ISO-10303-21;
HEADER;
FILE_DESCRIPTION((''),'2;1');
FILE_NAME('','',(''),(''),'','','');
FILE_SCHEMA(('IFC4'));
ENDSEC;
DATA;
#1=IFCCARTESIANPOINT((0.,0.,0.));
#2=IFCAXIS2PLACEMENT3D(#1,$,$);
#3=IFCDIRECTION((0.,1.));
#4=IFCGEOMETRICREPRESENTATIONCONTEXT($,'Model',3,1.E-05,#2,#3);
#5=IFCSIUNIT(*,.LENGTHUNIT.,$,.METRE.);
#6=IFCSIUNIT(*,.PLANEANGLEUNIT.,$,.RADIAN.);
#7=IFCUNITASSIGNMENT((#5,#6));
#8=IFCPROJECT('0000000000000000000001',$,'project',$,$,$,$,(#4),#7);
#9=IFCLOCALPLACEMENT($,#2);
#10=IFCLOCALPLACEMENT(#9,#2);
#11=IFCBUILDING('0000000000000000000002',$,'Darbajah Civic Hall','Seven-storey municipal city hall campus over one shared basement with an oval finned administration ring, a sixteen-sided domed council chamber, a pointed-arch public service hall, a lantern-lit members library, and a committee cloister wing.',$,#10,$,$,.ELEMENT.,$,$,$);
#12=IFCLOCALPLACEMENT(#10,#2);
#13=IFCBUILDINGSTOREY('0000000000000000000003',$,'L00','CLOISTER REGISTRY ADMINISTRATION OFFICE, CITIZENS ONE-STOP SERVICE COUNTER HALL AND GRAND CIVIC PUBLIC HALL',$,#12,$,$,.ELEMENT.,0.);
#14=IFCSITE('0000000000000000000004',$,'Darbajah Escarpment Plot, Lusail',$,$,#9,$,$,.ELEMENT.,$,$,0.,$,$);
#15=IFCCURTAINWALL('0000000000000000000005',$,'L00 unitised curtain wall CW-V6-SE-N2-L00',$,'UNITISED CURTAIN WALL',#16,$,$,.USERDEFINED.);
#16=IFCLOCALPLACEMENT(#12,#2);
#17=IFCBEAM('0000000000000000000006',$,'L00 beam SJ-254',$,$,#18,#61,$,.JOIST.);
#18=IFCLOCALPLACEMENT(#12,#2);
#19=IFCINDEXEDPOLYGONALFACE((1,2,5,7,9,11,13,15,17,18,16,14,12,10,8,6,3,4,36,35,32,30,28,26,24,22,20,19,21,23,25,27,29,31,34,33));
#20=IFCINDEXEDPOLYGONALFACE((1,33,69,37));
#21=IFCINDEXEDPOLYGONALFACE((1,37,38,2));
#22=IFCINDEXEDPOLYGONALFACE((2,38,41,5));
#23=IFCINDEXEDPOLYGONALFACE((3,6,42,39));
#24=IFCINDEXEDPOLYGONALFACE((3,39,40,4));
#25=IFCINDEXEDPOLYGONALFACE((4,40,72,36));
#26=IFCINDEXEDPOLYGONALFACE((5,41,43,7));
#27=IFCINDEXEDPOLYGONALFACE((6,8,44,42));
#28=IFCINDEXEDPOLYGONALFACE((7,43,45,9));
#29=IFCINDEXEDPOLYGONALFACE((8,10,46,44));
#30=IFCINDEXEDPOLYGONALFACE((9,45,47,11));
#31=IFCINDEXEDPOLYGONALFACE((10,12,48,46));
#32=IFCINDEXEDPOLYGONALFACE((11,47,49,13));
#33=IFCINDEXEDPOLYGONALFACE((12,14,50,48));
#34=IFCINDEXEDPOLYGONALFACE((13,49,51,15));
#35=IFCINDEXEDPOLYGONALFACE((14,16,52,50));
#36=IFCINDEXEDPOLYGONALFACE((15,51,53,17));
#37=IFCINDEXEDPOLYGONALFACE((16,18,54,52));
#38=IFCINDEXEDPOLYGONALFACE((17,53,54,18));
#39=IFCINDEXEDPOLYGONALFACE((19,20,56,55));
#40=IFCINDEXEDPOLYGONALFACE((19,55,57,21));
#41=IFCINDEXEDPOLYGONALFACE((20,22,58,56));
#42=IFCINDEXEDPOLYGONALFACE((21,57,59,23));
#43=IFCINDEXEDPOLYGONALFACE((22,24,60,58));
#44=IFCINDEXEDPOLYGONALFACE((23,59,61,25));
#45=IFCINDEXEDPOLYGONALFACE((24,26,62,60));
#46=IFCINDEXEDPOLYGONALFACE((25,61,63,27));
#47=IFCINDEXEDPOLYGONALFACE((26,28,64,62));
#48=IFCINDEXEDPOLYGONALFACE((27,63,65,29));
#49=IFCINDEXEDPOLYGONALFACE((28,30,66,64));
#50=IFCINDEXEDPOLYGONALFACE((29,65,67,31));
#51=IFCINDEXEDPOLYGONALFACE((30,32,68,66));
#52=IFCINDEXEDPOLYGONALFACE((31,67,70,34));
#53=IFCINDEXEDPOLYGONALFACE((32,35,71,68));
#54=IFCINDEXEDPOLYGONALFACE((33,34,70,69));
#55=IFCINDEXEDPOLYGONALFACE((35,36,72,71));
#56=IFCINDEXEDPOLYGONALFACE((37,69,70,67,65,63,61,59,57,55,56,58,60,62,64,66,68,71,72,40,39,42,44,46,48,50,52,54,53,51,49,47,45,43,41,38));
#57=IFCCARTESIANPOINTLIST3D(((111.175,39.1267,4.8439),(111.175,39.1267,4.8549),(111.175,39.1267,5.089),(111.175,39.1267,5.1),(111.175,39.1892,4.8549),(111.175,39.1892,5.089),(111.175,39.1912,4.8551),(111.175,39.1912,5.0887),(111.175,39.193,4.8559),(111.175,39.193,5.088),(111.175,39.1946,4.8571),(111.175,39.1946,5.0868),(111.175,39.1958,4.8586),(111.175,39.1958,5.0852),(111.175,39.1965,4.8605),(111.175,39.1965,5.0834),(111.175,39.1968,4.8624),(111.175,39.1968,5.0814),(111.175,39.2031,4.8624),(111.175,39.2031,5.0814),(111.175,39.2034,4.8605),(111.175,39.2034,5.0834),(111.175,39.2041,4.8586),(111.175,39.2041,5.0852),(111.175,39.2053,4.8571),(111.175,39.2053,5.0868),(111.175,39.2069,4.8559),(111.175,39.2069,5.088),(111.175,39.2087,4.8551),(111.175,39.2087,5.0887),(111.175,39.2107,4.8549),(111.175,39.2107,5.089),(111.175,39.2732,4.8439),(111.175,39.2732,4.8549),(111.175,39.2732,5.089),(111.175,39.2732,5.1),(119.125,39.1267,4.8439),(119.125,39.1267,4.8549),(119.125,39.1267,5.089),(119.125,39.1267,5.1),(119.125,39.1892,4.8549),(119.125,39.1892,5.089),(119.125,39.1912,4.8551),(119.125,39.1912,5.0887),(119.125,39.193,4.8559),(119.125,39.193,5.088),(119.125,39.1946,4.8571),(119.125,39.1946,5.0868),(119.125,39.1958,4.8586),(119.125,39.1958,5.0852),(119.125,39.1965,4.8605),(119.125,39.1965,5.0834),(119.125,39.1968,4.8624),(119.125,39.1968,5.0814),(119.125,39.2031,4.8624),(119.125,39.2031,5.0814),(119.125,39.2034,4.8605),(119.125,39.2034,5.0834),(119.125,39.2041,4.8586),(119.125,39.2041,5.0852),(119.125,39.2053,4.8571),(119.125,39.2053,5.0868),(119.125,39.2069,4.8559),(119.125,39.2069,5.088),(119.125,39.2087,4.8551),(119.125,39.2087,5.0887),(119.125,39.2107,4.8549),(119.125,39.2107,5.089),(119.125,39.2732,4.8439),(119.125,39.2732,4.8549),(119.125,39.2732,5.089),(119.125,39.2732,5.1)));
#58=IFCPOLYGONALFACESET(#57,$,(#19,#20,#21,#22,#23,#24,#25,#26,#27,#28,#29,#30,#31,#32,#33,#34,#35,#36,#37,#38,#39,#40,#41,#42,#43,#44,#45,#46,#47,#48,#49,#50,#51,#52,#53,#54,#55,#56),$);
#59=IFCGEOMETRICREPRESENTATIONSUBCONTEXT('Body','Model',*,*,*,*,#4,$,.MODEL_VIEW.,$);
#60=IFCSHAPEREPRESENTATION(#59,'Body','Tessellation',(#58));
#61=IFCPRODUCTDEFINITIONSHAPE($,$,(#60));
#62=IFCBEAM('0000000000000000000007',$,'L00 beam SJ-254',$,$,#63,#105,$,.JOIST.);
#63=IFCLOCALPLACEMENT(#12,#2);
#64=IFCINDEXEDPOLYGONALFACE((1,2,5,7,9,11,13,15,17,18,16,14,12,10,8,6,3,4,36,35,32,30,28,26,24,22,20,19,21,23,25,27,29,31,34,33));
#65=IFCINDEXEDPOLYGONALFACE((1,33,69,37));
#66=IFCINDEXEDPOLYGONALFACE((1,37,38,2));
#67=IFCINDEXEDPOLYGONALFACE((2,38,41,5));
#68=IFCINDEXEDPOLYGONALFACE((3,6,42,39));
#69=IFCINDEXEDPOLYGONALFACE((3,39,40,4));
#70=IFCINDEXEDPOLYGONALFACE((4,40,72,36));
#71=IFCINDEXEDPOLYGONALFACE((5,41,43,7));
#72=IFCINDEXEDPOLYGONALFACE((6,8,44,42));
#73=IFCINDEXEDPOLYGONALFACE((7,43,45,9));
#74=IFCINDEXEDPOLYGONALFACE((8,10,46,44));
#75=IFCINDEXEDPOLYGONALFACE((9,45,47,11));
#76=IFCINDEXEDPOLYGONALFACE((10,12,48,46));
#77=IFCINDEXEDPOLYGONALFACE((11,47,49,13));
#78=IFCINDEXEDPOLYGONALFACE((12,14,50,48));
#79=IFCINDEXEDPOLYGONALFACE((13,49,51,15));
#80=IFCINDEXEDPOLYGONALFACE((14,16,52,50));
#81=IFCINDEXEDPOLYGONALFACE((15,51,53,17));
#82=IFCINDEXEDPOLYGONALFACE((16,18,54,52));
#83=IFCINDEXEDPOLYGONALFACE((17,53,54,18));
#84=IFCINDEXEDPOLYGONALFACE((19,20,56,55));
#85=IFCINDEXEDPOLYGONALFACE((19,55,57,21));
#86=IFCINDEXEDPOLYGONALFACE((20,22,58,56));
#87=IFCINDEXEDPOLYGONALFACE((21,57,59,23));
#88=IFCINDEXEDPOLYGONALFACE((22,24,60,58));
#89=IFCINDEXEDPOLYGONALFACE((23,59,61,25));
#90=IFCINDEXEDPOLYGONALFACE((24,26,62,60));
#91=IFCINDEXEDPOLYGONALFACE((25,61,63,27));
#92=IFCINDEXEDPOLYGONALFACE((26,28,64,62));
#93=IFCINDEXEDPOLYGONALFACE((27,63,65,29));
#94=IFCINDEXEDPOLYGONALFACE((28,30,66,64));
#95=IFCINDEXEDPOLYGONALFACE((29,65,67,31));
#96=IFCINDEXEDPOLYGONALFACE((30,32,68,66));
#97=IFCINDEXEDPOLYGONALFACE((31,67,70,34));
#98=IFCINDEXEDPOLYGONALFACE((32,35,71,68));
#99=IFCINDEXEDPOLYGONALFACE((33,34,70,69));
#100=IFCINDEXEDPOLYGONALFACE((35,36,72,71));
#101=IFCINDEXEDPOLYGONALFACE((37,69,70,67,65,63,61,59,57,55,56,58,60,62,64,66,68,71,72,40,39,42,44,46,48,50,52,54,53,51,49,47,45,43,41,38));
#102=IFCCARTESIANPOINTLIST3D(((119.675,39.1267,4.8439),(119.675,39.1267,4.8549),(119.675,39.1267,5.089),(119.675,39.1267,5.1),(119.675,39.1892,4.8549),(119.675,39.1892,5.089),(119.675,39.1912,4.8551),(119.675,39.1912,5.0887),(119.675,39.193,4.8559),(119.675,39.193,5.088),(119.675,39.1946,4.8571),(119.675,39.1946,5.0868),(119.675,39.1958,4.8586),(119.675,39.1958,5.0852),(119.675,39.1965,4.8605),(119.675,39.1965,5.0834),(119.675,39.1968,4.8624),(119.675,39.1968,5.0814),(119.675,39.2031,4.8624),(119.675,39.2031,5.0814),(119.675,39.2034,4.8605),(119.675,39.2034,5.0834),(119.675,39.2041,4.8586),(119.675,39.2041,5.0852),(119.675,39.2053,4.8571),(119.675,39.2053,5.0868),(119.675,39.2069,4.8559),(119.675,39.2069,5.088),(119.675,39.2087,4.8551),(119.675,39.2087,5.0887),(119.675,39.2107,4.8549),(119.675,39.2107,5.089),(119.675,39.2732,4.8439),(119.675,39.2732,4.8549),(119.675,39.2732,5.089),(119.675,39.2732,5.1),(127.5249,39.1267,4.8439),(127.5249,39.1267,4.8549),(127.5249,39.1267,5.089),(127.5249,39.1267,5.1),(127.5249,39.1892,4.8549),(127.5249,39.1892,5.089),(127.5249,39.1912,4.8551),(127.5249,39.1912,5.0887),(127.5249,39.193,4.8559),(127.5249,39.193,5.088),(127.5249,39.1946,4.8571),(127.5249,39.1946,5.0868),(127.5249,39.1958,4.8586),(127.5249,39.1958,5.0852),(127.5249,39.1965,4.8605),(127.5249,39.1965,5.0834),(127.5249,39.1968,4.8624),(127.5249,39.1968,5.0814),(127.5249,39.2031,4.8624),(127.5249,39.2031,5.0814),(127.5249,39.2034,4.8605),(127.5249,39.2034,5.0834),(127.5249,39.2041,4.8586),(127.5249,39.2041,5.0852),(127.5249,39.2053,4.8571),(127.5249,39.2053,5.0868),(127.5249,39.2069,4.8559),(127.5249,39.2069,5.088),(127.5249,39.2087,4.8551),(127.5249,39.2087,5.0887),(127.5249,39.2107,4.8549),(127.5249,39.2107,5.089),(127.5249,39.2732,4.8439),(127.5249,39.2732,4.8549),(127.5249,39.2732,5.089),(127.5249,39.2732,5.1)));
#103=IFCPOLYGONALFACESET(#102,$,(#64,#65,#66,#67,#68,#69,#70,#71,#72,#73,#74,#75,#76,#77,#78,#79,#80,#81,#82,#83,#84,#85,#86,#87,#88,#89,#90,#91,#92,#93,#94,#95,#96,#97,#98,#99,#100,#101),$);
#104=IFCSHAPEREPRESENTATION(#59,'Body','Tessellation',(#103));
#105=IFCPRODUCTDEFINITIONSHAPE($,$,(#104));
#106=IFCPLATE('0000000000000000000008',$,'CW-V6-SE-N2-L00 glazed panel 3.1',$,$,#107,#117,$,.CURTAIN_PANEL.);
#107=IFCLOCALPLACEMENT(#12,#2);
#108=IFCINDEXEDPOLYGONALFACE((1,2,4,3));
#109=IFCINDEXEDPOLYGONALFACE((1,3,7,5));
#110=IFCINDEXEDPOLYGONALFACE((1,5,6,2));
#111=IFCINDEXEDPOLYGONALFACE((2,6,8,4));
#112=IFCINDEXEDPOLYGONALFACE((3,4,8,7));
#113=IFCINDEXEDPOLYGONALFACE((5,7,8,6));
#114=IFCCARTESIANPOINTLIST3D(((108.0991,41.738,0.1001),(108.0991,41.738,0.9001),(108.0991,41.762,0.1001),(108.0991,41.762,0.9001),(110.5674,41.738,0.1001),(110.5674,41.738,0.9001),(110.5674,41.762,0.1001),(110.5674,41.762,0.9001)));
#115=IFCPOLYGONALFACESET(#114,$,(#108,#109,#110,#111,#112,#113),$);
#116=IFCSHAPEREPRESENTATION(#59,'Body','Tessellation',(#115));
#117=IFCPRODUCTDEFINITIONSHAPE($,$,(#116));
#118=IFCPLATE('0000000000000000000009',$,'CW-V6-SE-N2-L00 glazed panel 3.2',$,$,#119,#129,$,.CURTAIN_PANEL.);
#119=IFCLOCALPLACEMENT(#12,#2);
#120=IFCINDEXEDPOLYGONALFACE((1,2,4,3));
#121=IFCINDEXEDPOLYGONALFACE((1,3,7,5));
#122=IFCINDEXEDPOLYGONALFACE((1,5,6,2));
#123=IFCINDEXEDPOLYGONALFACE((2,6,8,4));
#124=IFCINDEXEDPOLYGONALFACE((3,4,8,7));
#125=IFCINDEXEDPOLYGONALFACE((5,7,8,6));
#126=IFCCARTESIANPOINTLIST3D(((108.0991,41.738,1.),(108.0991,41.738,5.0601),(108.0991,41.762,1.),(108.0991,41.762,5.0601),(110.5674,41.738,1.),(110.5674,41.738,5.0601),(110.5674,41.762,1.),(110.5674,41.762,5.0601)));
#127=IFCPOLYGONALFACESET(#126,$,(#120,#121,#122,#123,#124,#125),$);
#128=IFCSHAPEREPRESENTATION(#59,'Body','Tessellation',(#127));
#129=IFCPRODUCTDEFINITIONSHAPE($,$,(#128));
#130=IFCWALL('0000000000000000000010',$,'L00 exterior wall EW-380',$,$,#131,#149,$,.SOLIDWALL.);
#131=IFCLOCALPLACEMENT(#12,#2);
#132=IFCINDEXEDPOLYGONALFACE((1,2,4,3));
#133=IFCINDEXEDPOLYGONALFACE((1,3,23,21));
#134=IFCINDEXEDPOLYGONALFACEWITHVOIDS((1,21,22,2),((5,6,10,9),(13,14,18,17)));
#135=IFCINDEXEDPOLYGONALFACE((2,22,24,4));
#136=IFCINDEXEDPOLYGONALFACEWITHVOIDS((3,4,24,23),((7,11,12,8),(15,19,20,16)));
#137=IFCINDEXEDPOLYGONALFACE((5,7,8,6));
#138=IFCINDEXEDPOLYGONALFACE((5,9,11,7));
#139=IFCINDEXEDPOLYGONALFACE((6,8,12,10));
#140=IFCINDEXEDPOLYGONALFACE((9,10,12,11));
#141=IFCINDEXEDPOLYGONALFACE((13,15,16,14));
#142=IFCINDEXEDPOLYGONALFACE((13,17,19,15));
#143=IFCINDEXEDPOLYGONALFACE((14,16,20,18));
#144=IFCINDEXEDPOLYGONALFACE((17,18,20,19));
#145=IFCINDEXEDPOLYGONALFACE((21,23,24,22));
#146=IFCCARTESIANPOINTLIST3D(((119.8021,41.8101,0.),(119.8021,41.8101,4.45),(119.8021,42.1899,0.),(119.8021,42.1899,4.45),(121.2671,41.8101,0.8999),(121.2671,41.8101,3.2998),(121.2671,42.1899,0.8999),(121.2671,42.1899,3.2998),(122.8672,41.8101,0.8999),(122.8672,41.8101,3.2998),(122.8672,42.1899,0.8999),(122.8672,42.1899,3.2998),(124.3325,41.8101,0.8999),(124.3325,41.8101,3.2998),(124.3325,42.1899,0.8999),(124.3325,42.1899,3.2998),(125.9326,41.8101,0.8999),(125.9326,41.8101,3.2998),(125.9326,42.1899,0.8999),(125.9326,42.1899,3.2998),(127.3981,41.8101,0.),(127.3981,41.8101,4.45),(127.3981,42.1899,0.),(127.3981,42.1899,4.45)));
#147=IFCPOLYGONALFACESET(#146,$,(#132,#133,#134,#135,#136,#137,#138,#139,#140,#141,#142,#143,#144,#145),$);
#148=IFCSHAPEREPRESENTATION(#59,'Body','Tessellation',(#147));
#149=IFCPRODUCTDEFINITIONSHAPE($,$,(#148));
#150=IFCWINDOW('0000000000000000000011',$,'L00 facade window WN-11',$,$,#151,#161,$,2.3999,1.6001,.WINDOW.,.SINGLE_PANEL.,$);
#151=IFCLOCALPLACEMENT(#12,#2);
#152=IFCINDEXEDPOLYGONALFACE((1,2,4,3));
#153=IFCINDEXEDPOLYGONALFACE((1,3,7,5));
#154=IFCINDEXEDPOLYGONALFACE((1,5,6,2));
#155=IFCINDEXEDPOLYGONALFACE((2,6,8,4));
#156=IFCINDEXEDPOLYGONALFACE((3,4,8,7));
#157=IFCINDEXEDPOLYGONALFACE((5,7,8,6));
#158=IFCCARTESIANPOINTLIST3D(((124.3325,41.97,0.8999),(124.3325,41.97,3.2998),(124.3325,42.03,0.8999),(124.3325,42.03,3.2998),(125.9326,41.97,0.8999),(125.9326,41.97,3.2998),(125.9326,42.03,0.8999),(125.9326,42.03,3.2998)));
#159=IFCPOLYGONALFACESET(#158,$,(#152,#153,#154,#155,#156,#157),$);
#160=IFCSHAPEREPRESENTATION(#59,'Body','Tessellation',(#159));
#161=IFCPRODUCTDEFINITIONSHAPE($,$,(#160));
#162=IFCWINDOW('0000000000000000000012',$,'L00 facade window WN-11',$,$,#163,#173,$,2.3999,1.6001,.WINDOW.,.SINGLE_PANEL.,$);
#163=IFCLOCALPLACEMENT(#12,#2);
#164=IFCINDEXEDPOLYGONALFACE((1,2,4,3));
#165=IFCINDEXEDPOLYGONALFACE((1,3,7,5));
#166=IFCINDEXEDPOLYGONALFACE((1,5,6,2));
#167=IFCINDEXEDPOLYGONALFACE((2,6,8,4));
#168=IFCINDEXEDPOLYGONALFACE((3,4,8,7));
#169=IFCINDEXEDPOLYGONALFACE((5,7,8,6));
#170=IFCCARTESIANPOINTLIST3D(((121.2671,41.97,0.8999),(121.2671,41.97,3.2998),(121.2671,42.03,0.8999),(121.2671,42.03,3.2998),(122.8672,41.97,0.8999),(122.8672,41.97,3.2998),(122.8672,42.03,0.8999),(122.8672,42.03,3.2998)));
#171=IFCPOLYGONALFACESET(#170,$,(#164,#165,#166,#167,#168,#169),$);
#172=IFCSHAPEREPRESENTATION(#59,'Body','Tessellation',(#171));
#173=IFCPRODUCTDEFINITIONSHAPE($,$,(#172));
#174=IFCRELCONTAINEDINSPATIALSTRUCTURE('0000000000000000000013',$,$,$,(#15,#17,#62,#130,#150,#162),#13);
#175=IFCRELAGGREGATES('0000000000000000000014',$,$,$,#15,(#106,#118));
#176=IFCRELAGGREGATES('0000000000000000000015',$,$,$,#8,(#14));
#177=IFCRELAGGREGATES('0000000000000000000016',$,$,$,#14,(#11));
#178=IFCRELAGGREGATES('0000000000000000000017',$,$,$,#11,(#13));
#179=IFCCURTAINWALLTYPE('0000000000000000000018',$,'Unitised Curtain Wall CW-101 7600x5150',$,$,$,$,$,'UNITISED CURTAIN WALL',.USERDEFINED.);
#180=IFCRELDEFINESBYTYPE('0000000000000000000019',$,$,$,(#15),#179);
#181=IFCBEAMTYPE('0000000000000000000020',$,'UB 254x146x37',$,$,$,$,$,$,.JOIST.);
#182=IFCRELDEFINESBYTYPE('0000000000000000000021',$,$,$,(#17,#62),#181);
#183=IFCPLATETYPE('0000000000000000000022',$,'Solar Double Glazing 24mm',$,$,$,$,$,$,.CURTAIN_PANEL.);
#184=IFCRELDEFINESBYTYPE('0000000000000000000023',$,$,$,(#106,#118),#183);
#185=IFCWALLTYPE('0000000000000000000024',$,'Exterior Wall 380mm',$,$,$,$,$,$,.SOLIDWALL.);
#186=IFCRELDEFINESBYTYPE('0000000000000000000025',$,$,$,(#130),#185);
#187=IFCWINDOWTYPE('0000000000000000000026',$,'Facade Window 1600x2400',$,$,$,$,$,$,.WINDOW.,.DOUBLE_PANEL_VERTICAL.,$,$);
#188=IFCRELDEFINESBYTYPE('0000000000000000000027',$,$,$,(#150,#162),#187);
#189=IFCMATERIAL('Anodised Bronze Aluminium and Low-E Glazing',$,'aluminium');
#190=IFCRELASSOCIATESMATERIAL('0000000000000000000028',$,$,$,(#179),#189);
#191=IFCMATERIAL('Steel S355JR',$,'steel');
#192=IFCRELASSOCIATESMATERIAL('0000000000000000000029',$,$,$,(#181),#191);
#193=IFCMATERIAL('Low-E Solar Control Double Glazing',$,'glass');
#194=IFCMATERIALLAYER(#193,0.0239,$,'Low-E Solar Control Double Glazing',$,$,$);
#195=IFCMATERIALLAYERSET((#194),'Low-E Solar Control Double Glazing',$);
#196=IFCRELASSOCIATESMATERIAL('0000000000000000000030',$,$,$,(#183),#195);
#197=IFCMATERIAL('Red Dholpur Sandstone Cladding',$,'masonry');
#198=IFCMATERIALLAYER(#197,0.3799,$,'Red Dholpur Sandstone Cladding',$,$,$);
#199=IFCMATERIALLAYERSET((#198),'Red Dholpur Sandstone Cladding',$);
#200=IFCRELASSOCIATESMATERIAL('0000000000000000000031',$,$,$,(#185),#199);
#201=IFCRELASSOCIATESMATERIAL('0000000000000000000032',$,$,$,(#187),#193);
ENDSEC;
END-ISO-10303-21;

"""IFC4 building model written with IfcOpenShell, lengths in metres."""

from ifc_helpers import new_model, si_unit, direction, frame, frame_2d, origin, origin_2d, place, context, subcontext, project, spatial, rectangle, i_section, extrude, material, layer, layer_set, material_profile, profile_set, type_object, element, fill, aggregate, save


model = new_model("IFC4")

# Units and contexts
model_context = context("Model", 3, precision=1e-05, world=origin(), true_north=direction((0.0, 1.0)))
body_context = subcontext(model_context, "Body", "Model", "MODEL_VIEW")
ifc_project = project(units=[si_unit("LENGTHUNIT", "METRE"), si_unit("PLANEANGLEUNIT", "RADIAN")], contexts=[model_context])

# Site, building, storey
site_placement = place(None, origin())
site = spatial("IfcSite", under=ifc_project, at=site_placement, Name="Darbajah Escarpment Plot, Lusail", CompositionType="ELEMENT", RefElevation=0.0)
building_placement = place(site_placement, origin())
building = spatial("IfcBuilding", under=site, at=building_placement, Name="Darbajah Civic Hall", Description="Seven-storey municipal city hall campus over one shared basement with an oval finned administration ring, a sixteen-sided domed council chamber, a pointed-arch public service hall, a lantern-lit members library, and a committee cloister wing.", CompositionType="ELEMENT")
storey_placement = place(building_placement, origin())
storey = spatial("IfcBuildingStorey", under=building, at=storey_placement, Name="L00", Description="CLOISTER REGISTRY ADMINISTRATION OFFICE, CITIZENS ONE-STOP SERVICE COUNTER HALL AND GRAND CIVIC PUBLIC HALL", CompositionType="ELEMENT", Elevation=0.0)

# Curtain wall
ifc_material_1 = material(Name="Anodised Bronze Aluminium and Low-E Glazing", Category="aluminium")
curtain_wall_type_1 = type_object("IfcCurtainWallType", Name="Unitised Curtain Wall CW-101 7600x5150", ElementType="UNITISED CURTAIN WALL", PredefinedType="USERDEFINED", material=ifc_material_1)
curtain_wall_1_placement = place(storey_placement, origin())
curtain_wall_1 = element("IfcCurtainWall", 1, at=curtain_wall_1_placement, inside=storey, type_object=curtain_wall_type_1, Name="L00 unitised curtain wall CW-V6-SE-N2-L00", ObjectType="UNITISED CURTAIN WALL", PredefinedType="USERDEFINED")

# Beams
ifc_material_2 = material(Name="Steel S355JR", Category="steel")
ifc_material_profile_1 = material_profile(ifc_material_2, i_section(OverallWidth=0.1465, OverallDepth=0.2561, WebThickness=0.0063, FlangeThickness=0.011, FilletRadius=0.0076, at=origin_2d()), Name="UB 254x146x37")
ifc_profile_set_1 = profile_set([ifc_material_profile_1], Name="Steel S355JR")
beam_type_1 = type_object("IfcBeamType", Name="UB 254x146x37", PredefinedType="JOIST", material=ifc_profile_set_1)
beam_1_placement = place(storey_placement, frame((111.175, 39.2, 4.9719), z_axis=(1.0, 0.0, 0.0), x_axis=(0.0, 1.0, 0.0)))
element("IfcBeam", 2, at=beam_1_placement, inside=storey, type_object=beam_type_1, Name="L00 beam SJ-254", PredefinedType="JOIST", context=body_context, shape_type="SweptSolid", body=[
    extrude(i_section(OverallWidth=0.1465, OverallDepth=0.2561, WebThickness=0.0063, FlangeThickness=0.011, FilletRadius=0.0076, at=origin_2d()), origin(), (0.0, 0.0, 1.0), 7.95),
])
beam_2_placement = place(storey_placement, frame((119.675, 39.2, 4.9719), z_axis=(1.0, 0.0, 0.0), x_axis=(0.0, 1.0, 0.0)))
element("IfcBeam", 3, at=beam_2_placement, inside=storey, type_object=beam_type_1, Name="L00 beam SJ-254", PredefinedType="JOIST", context=body_context, shape_type="SweptSolid", body=[
    extrude(i_section(OverallWidth=0.1465, OverallDepth=0.2561, WebThickness=0.0063, FlangeThickness=0.011, FilletRadius=0.0076, at=origin_2d()), origin(), (0.0, 0.0, 1.0), 7.8499),
])

# Plates
ifc_material_3 = material(Name="Low-E Solar Control Double Glazing", Category="glass")
ifc_layer_1 = layer(ifc_material_3, 0.0239, Name="Low-E Solar Control Double Glazing")
ifc_layer_set_1 = layer_set([ifc_layer_1], Name="Low-E Solar Control Double Glazing")
plate_type = type_object("IfcPlateType", Name="Solar Double Glazing 24mm", PredefinedType="CURTAIN_PANEL", material=ifc_layer_set_1)
plate_1_placement = place(storey_placement, frame((109.3333, 41.75, 0.1001), z_axis=(0.0, 0.0, 1.0), x_axis=(1.0, 0.0, 0.0)))
plate_1 = element("IfcPlate", 4, at=plate_1_placement, type_object=plate_type, Name="CW-V6-SE-N2-L00 glazed panel 3.1", PredefinedType="CURTAIN_PANEL", context=body_context, shape_type="SweptSolid", body=[
    extrude(rectangle(XDim=2.4683, YDim=0.0239, at=origin_2d()), origin(), (0.0, 0.0, 1.0), 0.8),
])
plate_2_placement = place(storey_placement, frame((109.3333, 41.75, 1.0), z_axis=(0.0, 0.0, 1.0), x_axis=(1.0, 0.0, 0.0)))
plate_2 = element("IfcPlate", 5, at=plate_2_placement, type_object=plate_type, Name="CW-V6-SE-N2-L00 glazed panel 3.2", PredefinedType="CURTAIN_PANEL", context=body_context, shape_type="SweptSolid", body=[
    extrude(rectangle(XDim=2.4683, YDim=0.0239, at=origin_2d()), origin(), (0.0, 0.0, 1.0), 4.0601),
])
aggregate(curtain_wall_1, [plate_1, plate_2])

# Wall, openings, windows
ifc_material_4 = material(Name="Red Dholpur Sandstone Cladding", Category="masonry")
ifc_layer_2 = layer(ifc_material_4, 0.3799, Name="Red Dholpur Sandstone Cladding")
ifc_layer_set_2 = layer_set([ifc_layer_2], Name="Red Dholpur Sandstone Cladding")
wall_type = type_object("IfcWallType", Name="Exterior Wall 380mm", PredefinedType="SOLIDWALL", material=ifc_layer_set_2)
wall_1_placement = place(storey_placement, frame((127.3979, 42.0, 0.0), z_axis=(0.0, 0.0, 1.0), x_axis=(-1.0, 0.0, 0.0)))
wall_1 = element("IfcWall", 6, at=wall_1_placement, inside=storey, type_object=wall_type, Name="L00 exterior wall EW-380", PredefinedType="SOLIDWALL", context=body_context, shape_type="SweptSolid", body=[
    extrude(rectangle(XDim=7.5959, YDim=0.3799, at=frame_2d((3.7979, 0.0))), origin(), (0.0, 0.0, 1.0), 4.45),
])
opening_1_placement = place(wall_1_placement, frame((1.4653, 0.0, 0.8999)))
opening_1 = element("IfcOpeningElement", 7, at=opening_1_placement, cuts=wall_1, PredefinedType="OPENING", context=body_context, shape_type="SweptSolid", body=[
    extrude(rectangle(XDim=1.6001, YDim=2.3999, at=frame_2d((0.8, 1.2))), frame((0.0, 0.2, 0.0), z_axis=(0.0, -1.0, 0.0), x_axis=(1.0, 0.0, 0.0)), (0.0, 0.0, 1.0), 0.3999),
])
opening_2_placement = place(wall_1_placement, frame((4.5308, 0.0, 0.8999)))
opening_2 = element("IfcOpeningElement", 8, at=opening_2_placement, cuts=wall_1, PredefinedType="OPENING", context=body_context, shape_type="SweptSolid", body=[
    extrude(rectangle(XDim=1.6001, YDim=2.3999, at=frame_2d((0.8, 1.2))), frame((0.0, 0.2, 0.0), z_axis=(0.0, -1.0, 0.0), x_axis=(1.0, 0.0, 0.0)), (0.0, 0.0, 1.0), 0.3999),
])
window_type_1 = type_object("IfcWindowType", Name="Facade Window 1600x2400", PartitioningType="DOUBLE_PANEL_VERTICAL", PredefinedType="WINDOW", material=ifc_material_3)
window_1_placement = place(opening_1_placement, origin())
window_1 = element("IfcWindow", 9, at=window_1_placement, inside=storey, type_object=window_type_1, Name="L00 facade window WN-11", OverallHeight=2.3999, OverallWidth=1.6001, PartitioningType="SINGLE_PANEL", PredefinedType="WINDOW", context=body_context, shape_type="SweptSolid", body=[
    extrude(rectangle(XDim=1.6001, YDim=2.3999, at=frame_2d((0.8, 1.2))), frame((0.0, 0.03, 0.0), z_axis=(0.0, -1.0, 0.0), x_axis=(1.0, 0.0, 0.0)), (0.0, 0.0, 1.0), 0.0601),
])
fill(opening_1, window_1)
window_2_placement = place(opening_2_placement, origin())
window_2 = element("IfcWindow", 10, at=window_2_placement, inside=storey, type_object=window_type_1, Name="L00 facade window WN-11", OverallHeight=2.3999, OverallWidth=1.6001, PartitioningType="SINGLE_PANEL", PredefinedType="WINDOW", context=body_context, shape_type="SweptSolid", body=[
    extrude(rectangle(XDim=1.6001, YDim=2.3999, at=frame_2d((0.8, 1.2))), frame((0.0, 0.03, 0.0), z_axis=(0.0, -1.0, 0.0), x_axis=(1.0, 0.0, 0.0)), (0.0, 0.0, 1.0), 0.0601),
])
fill(opening_2, window_2)

save(model, "model.ifc")
